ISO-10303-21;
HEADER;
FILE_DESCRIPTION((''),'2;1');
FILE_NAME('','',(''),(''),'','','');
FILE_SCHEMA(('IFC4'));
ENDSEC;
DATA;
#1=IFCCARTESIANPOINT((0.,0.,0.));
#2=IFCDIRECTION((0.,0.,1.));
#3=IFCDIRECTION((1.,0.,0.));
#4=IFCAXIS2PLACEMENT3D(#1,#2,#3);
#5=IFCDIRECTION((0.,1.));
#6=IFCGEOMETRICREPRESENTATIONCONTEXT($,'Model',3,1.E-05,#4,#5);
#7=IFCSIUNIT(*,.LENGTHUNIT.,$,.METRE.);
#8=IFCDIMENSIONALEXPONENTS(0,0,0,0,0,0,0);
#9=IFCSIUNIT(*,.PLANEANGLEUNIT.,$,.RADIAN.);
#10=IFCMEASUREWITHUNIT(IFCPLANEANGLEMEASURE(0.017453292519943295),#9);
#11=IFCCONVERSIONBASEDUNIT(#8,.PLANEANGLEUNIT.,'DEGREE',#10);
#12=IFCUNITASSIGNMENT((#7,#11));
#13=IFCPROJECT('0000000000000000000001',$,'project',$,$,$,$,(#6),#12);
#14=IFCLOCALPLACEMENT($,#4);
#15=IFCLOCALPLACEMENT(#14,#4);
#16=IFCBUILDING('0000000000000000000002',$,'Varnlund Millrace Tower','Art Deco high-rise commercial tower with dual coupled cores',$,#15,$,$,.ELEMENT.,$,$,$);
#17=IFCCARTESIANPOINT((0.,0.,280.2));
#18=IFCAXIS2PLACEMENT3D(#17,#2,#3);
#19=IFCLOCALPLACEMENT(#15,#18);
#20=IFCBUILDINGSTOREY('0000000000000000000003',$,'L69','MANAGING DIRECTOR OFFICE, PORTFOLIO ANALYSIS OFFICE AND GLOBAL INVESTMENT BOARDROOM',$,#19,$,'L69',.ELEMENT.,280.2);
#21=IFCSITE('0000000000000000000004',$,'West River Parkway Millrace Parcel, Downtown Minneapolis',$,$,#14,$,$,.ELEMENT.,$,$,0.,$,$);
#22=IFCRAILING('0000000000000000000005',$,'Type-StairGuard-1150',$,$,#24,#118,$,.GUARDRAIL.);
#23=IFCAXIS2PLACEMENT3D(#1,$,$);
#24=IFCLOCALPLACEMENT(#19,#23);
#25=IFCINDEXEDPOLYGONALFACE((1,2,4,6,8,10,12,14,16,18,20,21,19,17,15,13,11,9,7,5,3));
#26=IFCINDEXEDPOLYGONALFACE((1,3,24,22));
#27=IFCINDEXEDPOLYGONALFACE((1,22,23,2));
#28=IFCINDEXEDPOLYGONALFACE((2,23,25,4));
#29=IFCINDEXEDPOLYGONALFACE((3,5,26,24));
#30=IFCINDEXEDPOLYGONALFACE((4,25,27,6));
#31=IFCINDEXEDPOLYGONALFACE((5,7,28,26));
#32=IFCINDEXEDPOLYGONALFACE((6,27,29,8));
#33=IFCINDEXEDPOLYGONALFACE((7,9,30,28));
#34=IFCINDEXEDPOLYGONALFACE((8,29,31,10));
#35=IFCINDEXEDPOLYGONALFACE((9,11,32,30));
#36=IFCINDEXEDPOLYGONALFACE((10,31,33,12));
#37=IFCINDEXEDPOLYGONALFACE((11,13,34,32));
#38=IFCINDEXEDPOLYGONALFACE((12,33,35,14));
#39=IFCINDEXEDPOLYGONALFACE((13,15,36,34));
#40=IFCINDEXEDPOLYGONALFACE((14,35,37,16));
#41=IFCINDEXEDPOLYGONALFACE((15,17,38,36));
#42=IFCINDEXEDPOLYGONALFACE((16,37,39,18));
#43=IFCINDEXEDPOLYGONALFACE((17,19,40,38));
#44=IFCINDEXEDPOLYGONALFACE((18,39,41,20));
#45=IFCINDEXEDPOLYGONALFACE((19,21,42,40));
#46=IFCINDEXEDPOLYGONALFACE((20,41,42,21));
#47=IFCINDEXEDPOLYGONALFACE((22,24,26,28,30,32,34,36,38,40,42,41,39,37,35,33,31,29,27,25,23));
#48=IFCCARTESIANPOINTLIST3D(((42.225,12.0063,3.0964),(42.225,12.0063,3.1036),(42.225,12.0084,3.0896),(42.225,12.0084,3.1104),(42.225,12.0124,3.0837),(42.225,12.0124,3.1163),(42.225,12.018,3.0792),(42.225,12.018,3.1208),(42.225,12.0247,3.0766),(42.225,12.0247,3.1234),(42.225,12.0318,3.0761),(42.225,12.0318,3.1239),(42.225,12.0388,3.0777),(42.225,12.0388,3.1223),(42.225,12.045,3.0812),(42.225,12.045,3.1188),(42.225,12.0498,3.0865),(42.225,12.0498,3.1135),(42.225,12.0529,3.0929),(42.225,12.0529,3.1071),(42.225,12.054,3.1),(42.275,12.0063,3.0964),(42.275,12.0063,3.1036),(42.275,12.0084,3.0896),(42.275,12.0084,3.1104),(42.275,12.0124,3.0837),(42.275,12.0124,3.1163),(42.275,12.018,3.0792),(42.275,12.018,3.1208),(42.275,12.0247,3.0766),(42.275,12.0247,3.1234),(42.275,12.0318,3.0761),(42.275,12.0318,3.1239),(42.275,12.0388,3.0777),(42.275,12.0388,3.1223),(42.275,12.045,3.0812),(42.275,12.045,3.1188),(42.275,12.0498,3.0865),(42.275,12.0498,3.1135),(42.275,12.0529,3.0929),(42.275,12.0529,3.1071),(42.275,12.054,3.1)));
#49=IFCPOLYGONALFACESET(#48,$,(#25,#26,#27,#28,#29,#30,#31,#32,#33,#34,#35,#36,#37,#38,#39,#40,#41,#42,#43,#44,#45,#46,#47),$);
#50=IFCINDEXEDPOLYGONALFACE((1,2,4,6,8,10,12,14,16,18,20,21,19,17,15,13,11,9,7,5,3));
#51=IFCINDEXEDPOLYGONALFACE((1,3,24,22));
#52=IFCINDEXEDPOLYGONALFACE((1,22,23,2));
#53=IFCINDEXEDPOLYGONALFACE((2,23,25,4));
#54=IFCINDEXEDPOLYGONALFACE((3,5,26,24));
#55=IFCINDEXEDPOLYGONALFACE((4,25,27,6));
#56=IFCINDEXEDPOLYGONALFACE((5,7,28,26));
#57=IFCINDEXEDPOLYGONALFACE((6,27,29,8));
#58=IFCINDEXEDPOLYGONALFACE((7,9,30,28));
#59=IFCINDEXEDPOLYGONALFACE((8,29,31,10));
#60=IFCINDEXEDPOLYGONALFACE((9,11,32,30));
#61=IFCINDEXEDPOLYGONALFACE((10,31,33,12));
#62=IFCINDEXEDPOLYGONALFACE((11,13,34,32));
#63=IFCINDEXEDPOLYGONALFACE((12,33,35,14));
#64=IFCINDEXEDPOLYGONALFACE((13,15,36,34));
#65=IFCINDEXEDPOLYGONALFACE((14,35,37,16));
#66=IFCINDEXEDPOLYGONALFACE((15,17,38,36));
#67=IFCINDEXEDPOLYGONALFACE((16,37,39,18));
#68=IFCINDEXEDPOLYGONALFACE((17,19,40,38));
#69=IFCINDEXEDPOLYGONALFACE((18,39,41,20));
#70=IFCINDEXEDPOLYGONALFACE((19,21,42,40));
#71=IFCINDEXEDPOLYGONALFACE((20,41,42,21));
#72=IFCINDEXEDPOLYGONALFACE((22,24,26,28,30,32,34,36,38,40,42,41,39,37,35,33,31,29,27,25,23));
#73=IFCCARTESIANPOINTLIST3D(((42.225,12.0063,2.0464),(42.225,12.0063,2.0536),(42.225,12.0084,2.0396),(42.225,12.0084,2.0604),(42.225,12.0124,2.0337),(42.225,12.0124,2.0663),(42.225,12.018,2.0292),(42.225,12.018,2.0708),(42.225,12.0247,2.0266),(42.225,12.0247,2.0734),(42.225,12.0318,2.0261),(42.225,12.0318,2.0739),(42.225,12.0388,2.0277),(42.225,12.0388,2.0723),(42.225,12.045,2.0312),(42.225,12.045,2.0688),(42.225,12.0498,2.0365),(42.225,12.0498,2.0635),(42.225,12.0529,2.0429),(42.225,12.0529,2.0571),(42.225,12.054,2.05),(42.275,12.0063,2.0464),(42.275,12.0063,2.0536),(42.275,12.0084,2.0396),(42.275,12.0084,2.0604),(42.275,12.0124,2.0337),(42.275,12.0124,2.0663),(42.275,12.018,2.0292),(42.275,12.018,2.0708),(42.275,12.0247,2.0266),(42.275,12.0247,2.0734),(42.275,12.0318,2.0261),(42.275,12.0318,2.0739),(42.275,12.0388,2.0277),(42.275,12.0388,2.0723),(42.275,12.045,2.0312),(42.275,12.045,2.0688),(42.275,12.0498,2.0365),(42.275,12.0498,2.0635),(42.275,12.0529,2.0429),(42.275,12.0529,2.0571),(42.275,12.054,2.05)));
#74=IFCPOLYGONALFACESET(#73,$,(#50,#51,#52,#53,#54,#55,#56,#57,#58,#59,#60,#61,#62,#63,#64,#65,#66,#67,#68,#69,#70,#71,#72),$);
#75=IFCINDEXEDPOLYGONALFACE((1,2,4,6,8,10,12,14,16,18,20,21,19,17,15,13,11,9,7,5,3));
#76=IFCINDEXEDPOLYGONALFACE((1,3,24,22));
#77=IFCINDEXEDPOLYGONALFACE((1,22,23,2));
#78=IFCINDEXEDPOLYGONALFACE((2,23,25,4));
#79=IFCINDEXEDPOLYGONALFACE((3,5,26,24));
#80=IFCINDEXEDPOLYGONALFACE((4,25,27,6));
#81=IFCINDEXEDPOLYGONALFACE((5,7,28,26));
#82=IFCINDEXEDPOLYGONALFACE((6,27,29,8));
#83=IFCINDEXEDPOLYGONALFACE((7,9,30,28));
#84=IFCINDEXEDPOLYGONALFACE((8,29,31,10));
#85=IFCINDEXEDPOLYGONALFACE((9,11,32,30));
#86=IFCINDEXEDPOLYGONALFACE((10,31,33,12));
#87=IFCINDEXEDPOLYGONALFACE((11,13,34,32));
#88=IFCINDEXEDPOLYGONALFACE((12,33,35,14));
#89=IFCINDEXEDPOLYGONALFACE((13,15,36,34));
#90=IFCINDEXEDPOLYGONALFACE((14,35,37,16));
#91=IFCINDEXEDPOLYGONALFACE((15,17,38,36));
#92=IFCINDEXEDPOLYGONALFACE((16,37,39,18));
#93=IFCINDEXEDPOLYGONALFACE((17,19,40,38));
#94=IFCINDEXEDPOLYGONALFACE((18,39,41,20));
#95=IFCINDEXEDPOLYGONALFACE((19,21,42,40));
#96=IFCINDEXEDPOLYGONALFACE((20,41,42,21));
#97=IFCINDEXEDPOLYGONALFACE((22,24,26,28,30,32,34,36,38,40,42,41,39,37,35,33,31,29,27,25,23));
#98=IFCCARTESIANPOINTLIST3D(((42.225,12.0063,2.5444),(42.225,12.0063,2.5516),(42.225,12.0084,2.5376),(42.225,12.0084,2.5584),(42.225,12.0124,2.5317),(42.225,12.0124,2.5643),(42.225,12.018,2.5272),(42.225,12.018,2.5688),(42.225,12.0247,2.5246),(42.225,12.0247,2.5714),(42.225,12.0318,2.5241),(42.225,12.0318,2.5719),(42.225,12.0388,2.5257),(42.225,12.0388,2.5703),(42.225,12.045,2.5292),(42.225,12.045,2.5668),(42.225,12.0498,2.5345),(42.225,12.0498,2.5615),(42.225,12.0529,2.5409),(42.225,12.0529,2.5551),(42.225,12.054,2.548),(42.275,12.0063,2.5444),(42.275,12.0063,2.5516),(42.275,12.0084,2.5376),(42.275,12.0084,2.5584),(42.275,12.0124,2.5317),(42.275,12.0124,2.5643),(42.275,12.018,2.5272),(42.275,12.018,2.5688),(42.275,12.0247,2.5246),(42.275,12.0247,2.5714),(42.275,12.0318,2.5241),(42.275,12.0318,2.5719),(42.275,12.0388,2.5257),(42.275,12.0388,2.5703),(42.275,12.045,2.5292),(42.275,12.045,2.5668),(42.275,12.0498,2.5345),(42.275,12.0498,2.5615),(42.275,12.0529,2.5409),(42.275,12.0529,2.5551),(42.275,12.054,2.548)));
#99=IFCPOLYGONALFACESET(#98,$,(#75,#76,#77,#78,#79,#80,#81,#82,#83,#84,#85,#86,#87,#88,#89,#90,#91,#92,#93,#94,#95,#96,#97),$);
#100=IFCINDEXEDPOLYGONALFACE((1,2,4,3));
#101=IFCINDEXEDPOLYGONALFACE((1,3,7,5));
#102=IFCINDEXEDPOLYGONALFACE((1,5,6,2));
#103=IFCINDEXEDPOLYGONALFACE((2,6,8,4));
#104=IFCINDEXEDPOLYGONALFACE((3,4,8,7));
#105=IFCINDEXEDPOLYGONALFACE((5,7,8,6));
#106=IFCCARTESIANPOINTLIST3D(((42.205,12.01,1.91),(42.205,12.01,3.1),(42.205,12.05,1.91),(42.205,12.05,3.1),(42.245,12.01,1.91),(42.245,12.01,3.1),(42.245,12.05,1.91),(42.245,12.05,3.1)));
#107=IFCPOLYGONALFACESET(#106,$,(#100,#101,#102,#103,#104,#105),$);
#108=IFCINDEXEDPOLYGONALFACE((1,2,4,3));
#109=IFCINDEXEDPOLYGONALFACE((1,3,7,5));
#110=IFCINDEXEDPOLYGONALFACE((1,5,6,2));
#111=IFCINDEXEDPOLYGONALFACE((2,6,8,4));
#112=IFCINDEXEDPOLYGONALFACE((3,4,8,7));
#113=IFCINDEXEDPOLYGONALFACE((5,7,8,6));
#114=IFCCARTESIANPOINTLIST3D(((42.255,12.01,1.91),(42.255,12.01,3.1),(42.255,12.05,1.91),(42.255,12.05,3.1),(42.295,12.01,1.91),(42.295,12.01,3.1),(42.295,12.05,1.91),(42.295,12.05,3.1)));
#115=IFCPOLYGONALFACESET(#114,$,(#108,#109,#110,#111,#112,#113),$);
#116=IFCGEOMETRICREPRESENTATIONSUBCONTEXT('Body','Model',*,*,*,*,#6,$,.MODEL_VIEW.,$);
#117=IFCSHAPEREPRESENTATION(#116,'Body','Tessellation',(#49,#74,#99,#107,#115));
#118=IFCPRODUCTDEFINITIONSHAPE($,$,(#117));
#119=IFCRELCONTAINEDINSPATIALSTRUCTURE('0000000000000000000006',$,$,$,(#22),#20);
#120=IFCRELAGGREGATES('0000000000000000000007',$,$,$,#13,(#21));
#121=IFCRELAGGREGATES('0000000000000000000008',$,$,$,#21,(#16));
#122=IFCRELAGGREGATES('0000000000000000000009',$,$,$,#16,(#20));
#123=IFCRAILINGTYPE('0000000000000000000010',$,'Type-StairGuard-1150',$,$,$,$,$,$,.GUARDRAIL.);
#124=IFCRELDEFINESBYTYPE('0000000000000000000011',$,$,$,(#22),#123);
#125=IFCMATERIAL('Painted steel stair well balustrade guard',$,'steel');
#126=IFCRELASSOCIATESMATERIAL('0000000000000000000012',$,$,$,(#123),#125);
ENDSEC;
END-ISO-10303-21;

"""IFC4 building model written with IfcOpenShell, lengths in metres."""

from ifc_helpers import new_model, entity, si_unit, converted_unit, direction, frame, origin_with_axes, origin_2d_with_axis, place, context, subcontext, project, spatial, rectangle, circle, extrude, material, type_object, element, save


model = new_model("IFC4")

# Units and contexts
model_context = context("Model", 3, precision=1e-05, world=origin_with_axes(), true_north=direction((0.0, 1.0)))
body_context = subcontext(model_context, "Body", "Model", "MODEL_VIEW")
ifc_project = project(units=[si_unit("LENGTHUNIT", "METRE"), converted_unit("PLANEANGLEUNIT", "DEGREE", entity("IfcPlaneAngleMeasure", 0.017453292519943295), si_unit("PLANEANGLEUNIT", "RADIAN"), dimensions=[0, 0, 0, 0, 0, 0, 0])], contexts=[model_context])

# Site, building, storey
site_placement = place(None, origin_with_axes())
site = spatial("IfcSite", under=ifc_project, at=site_placement, Name="West River Parkway Millrace Parcel, Downtown Minneapolis", CompositionType="ELEMENT", RefElevation=0.0)
building_placement = place(site_placement, origin_with_axes())
building = spatial("IfcBuilding", under=site, at=building_placement, Name="Varnlund Millrace Tower", Description="Art Deco high-rise commercial tower with dual coupled cores", CompositionType="ELEMENT")
storey_placement = place(building_placement, frame((0.0, 0.0, 280.2), z_axis=(0.0, 0.0, 1.0), x_axis=(1.0, 0.0, 0.0)))
storey = spatial("IfcBuildingStorey", under=building, at=storey_placement, Name="L69", Description="MANAGING DIRECTOR OFFICE, PORTFOLIO ANALYSIS OFFICE AND GLOBAL INVESTMENT BOARDROOM", LongName="L69", CompositionType="ELEMENT", Elevation=280.2)

# Railing
ifc_material_1 = material(Name="Painted steel stair well balustrade guard", Category="steel")
railing_type_1 = type_object("IfcRailingType", Name="Type-StairGuard-1150", PredefinedType="GUARDRAIL", material=ifc_material_1)
railing_1_placement = place(storey_placement, frame((0.0, 0.0, -280.2), z_axis=(0.0, 0.0, 1.0), x_axis=(1.0, 0.0, 0.0)))
element("IfcRailing", 1, at=railing_1_placement, inside=storey, type_object=railing_type_1, Name="Type-StairGuard-1150", PredefinedType="GUARDRAIL", context=body_context, shape_type="SweptSolid", body=[
    extrude(circle(Radius=0.024, at=origin_2d_with_axis()), frame((42.225, 12.03, 283.3), z_axis=(1.0, 0.0, 0.0), x_axis=(0.0, 1.0, 0.0)), (0.0, 0.0, 1.0), 0.05),
    extrude(circle(Radius=0.024, at=origin_2d_with_axis()), frame((42.225, 12.03, 282.25), z_axis=(1.0, 0.0, 0.0), x_axis=(0.0, 1.0, 0.0)), (0.0, 0.0, 1.0), 0.05),
    extrude(circle(Radius=0.024, at=origin_2d_with_axis()), frame((42.225, 12.03, 282.748), z_axis=(1.0, 0.0, 0.0), x_axis=(0.0, 1.0, 0.0)), (0.0, 0.0, 1.0), 0.05),
    extrude(rectangle(XDim=0.04, YDim=0.04, at=origin_2d_with_axis()), frame((42.225, 12.03, 282.11), z_axis=(0.0, 0.0, 1.0), x_axis=(1.0, 0.0, 0.0)), (0.0, 0.0, 1.0), 1.19),
    extrude(rectangle(XDim=0.04, YDim=0.04, at=origin_2d_with_axis()), frame((42.275, 12.03, 282.11), z_axis=(0.0, 0.0, 1.0), x_axis=(1.0, 0.0, 0.0)), (0.0, 0.0, 1.0), 1.19),
])

save(model, "model.ifc")
